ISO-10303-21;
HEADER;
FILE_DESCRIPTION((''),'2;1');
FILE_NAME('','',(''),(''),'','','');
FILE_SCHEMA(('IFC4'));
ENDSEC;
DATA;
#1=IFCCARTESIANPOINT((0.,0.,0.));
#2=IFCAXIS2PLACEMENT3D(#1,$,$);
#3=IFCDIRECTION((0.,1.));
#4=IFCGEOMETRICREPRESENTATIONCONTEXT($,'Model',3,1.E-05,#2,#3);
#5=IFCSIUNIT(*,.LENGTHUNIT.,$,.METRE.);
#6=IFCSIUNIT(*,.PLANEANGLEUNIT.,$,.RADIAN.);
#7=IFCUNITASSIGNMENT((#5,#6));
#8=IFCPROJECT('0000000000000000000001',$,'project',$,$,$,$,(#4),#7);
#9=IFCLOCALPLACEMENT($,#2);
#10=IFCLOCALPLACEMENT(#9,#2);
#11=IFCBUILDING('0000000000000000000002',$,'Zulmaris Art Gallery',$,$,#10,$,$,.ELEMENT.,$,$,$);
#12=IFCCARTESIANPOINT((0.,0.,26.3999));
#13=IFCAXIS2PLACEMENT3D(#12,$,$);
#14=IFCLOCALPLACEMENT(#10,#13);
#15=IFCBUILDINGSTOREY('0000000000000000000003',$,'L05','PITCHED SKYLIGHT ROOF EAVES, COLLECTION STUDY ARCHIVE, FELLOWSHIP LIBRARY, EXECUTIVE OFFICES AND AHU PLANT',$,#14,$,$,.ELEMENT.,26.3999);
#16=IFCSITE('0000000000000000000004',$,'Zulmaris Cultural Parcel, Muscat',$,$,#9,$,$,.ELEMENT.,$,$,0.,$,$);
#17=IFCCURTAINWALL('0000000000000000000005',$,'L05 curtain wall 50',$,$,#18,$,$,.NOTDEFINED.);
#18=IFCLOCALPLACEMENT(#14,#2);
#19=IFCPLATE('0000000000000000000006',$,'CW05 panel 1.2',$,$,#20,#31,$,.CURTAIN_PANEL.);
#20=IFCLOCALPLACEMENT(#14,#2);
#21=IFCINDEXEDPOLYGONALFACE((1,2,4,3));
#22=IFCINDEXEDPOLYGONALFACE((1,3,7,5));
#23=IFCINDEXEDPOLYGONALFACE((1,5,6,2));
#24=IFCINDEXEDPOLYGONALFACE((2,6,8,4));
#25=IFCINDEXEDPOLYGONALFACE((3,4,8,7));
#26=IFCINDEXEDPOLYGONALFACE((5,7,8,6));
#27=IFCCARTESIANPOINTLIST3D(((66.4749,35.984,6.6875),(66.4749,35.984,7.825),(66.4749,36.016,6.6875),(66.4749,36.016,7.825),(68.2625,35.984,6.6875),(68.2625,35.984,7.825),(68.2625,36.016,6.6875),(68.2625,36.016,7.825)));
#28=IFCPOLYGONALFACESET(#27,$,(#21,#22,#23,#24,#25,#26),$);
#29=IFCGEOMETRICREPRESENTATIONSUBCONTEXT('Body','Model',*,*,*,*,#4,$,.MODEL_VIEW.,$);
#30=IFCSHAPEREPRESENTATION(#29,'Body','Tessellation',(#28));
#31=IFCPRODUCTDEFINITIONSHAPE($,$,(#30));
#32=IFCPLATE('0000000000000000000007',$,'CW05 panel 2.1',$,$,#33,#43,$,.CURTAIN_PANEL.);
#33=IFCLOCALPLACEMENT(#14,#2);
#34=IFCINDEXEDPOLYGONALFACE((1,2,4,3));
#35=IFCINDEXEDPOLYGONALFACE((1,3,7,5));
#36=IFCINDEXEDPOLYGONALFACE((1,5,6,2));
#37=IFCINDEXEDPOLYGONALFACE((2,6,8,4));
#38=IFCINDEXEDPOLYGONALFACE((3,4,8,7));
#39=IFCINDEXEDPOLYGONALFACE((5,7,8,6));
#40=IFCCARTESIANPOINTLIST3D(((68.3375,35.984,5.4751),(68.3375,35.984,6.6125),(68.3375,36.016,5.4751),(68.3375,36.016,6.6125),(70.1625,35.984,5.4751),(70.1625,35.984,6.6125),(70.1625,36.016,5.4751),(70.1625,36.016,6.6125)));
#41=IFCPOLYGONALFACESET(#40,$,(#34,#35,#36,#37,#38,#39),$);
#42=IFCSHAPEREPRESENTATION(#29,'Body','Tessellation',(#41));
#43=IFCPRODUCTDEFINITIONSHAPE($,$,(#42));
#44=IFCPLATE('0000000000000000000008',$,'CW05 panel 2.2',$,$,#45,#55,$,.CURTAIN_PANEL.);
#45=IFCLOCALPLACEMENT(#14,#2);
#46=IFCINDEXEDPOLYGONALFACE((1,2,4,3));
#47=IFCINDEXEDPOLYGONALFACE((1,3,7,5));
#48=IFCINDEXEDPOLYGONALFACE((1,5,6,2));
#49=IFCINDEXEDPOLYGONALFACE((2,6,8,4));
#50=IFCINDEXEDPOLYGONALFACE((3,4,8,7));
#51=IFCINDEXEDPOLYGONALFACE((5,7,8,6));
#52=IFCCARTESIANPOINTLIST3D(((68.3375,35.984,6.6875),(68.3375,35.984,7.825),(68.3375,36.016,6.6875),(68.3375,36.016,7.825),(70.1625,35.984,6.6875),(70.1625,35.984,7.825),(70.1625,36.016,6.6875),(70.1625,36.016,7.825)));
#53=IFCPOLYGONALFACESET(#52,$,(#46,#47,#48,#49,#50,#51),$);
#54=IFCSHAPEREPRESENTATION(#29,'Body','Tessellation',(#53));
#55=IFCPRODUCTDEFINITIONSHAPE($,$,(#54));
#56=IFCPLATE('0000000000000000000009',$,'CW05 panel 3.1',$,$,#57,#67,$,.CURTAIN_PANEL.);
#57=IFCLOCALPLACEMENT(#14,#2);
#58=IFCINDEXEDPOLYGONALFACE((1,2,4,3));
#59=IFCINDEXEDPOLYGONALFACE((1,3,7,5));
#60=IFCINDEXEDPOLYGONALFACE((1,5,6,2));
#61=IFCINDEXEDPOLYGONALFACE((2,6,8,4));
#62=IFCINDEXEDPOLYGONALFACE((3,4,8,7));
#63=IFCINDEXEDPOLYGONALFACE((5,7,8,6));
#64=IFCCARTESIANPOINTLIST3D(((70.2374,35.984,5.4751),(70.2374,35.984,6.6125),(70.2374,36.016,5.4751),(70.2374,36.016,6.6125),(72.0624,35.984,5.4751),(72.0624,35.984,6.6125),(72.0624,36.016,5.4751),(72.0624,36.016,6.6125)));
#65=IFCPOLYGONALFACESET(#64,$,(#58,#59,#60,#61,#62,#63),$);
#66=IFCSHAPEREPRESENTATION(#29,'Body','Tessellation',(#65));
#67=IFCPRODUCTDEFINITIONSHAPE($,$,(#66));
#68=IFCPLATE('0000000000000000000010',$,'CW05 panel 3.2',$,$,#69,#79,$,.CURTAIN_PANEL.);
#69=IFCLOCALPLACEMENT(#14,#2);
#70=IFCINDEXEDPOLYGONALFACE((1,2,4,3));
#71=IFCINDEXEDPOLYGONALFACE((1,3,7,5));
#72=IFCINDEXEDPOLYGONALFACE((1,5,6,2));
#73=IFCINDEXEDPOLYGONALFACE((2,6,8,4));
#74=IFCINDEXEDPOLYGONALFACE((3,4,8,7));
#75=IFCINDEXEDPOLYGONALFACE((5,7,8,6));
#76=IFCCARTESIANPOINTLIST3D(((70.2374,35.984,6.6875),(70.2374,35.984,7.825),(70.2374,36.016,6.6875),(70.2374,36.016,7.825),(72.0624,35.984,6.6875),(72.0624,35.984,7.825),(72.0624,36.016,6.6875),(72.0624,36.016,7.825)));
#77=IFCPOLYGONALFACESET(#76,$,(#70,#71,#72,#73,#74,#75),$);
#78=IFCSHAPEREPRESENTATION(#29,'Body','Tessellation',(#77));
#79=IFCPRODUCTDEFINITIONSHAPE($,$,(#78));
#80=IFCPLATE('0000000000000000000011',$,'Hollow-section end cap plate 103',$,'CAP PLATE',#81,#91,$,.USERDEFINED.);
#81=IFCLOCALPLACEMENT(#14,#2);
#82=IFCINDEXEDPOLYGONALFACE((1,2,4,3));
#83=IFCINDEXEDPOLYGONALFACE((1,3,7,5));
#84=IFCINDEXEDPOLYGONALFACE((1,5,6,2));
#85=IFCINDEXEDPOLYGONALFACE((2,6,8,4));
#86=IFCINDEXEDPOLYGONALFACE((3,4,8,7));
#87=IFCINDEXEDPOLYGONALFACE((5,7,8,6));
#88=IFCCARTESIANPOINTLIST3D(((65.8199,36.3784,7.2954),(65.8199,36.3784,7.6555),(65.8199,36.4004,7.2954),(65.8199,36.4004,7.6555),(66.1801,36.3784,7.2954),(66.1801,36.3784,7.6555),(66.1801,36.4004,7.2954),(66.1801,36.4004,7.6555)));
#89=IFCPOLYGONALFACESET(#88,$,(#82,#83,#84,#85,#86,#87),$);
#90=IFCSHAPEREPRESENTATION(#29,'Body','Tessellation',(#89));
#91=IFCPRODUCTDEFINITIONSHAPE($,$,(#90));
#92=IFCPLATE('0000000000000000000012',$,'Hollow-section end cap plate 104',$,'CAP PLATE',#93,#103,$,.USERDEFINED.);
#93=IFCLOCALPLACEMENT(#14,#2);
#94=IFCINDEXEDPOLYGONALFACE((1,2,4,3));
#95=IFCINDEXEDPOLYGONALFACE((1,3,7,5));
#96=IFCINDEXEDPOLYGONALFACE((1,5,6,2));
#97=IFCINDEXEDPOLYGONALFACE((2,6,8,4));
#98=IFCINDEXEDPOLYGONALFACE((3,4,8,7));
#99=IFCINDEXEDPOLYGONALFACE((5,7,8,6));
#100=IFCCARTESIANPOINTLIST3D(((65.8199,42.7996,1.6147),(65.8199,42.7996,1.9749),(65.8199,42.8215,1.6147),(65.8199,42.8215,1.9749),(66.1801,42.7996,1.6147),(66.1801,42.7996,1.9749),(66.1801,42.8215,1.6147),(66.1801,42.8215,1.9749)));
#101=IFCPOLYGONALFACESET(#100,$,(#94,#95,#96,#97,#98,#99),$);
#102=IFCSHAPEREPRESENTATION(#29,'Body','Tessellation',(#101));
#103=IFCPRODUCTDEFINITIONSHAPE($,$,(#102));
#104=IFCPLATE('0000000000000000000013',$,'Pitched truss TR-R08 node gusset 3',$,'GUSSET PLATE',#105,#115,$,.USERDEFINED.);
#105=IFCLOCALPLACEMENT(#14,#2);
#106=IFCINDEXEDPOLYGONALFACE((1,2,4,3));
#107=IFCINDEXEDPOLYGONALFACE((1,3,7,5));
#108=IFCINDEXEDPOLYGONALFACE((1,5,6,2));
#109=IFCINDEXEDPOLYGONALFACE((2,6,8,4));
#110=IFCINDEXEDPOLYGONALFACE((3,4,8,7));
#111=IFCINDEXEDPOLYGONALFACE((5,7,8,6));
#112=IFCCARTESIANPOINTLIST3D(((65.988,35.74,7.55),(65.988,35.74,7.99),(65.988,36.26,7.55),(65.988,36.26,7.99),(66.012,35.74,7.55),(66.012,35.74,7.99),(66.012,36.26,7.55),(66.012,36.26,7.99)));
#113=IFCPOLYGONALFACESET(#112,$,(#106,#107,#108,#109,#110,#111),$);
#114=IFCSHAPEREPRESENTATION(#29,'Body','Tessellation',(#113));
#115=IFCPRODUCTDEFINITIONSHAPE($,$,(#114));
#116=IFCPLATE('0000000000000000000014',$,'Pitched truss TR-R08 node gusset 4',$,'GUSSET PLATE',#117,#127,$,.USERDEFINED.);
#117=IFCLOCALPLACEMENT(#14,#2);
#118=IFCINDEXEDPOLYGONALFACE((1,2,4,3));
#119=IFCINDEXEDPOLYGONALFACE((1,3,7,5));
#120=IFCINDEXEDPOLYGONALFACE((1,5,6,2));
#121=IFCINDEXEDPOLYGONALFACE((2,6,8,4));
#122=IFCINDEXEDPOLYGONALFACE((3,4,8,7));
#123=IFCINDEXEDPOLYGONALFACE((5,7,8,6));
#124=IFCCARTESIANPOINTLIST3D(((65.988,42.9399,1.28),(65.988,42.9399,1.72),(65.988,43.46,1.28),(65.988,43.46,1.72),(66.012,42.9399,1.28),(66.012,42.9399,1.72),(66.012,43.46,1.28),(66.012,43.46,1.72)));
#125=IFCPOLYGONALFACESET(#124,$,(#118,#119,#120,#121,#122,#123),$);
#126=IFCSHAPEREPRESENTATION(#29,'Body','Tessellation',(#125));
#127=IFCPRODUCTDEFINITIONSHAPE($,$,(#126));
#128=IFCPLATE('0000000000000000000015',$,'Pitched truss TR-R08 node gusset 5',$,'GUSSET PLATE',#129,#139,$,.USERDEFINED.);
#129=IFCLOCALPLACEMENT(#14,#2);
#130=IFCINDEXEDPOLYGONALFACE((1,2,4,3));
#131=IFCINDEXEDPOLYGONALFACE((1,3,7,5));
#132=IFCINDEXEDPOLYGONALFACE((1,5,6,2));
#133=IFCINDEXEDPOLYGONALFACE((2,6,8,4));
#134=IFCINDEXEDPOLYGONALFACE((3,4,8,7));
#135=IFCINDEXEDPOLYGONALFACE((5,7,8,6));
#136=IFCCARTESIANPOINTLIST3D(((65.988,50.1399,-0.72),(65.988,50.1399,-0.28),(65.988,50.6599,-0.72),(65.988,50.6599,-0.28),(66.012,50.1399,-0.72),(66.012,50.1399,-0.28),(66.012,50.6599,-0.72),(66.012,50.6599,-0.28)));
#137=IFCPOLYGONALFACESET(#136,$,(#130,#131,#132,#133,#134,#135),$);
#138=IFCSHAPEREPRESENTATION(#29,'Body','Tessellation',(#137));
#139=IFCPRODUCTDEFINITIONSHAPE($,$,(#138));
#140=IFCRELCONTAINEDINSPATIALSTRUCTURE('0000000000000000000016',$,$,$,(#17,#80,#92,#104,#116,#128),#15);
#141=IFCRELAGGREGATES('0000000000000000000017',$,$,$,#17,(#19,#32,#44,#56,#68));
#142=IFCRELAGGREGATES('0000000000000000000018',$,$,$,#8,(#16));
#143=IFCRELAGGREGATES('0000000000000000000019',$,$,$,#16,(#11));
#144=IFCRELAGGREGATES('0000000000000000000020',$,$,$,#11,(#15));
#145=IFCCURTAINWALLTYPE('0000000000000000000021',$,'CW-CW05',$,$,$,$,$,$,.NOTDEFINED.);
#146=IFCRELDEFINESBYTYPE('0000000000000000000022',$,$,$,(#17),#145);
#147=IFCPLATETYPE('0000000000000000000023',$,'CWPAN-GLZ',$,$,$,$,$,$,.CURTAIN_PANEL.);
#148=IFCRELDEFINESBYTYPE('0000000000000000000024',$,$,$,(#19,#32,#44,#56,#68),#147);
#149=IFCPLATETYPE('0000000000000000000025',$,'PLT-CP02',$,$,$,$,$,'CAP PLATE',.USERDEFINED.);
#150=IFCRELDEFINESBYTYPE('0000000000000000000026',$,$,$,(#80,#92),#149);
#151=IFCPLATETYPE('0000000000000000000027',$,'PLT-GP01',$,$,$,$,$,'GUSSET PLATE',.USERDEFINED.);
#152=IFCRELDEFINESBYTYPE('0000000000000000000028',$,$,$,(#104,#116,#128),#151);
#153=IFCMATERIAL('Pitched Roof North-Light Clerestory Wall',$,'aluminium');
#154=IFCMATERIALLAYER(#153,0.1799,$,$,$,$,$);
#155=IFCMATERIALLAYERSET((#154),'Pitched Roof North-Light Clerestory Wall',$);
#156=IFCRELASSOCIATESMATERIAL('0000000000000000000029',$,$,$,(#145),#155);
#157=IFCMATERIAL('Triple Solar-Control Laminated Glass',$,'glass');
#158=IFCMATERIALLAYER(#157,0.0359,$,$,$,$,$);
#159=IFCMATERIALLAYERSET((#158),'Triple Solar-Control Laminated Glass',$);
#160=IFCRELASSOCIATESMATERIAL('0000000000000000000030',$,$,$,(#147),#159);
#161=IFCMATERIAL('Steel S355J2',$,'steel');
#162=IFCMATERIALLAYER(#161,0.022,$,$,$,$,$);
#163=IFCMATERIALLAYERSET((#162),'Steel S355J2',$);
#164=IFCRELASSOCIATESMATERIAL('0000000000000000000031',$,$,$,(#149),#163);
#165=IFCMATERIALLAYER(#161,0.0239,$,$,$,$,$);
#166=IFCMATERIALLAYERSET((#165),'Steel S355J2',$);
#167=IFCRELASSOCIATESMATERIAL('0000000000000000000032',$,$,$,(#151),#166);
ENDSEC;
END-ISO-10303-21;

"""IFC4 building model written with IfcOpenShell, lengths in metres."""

from ifc_helpers import new_model, si_unit, direction, frame, origin, origin_2d, place, context, subcontext, project, spatial, rectangle, extrude, material, layer, layer_set, type_object, element, aggregate, save


model = new_model("IFC4")

# Units and contexts
model_context = context("Model", 3, precision=1e-05, world=origin(), true_north=direction((0.0, 1.0)))
body_context = subcontext(model_context, "Body", "Model", "MODEL_VIEW")
ifc_project = project(units=[si_unit("LENGTHUNIT", "METRE"), si_unit("PLANEANGLEUNIT", "RADIAN")], contexts=[model_context])

# Site, building, storey
site_placement = place(None, origin())
site = spatial("IfcSite", under=ifc_project, at=site_placement, Name="Zulmaris Cultural Parcel, Muscat", CompositionType="ELEMENT", RefElevation=0.0)
building_placement = place(site_placement, origin())
building = spatial("IfcBuilding", under=site, at=building_placement, Name="Zulmaris Art Gallery", CompositionType="ELEMENT")
storey_placement = place(building_placement, frame((0.0, 0.0, 26.3999)))
storey = spatial("IfcBuildingStorey", under=building, at=storey_placement, Name="L05", Description="PITCHED SKYLIGHT ROOF EAVES, COLLECTION STUDY ARCHIVE, FELLOWSHIP LIBRARY, EXECUTIVE OFFICES AND AHU PLANT", CompositionType="ELEMENT", Elevation=26.3999)

# Curtain wall
ifc_material_1 = material(Name="Pitched Roof North-Light Clerestory Wall", Category="aluminium")
ifc_layer_1 = layer(ifc_material_1, 0.1799)
ifc_layer_set_1 = layer_set([ifc_layer_1], Name="Pitched Roof North-Light Clerestory Wall")
curtain_wall_type = type_object("IfcCurtainWallType", Name="CW-CW05", PredefinedType="NOTDEFINED", material=ifc_layer_set_1)
curtain_wall_placement = place(storey_placement, origin())
curtain_wall = element("IfcCurtainWall", 1, at=curtain_wall_placement, inside=storey, type_object=curtain_wall_type, Name="L05 curtain wall 50", PredefinedType="NOTDEFINED")

# Shared definitions
ifc_material_2 = material(Name="Steel S355J2", Category="steel")

# Plates
ifc_material_3 = material(Name="Triple Solar-Control Laminated Glass", Category="glass")
ifc_layer_2 = layer(ifc_material_3, 0.0359)
ifc_layer_set_2 = layer_set([ifc_layer_2], Name="Triple Solar-Control Laminated Glass")
plate_type_1 = type_object("IfcPlateType", Name="CWPAN-GLZ", PredefinedType="CURTAIN_PANEL", material=ifc_layer_set_2)
plate_1_placement = place(storey_placement, frame((67.3687, 36.0, 6.6875), z_axis=(0.0, 0.0, 1.0), x_axis=(1.0, 0.0, 0.0)))
plate_1 = element("IfcPlate", 2, at=plate_1_placement, type_object=plate_type_1, Name="CW05 panel 1.2", PredefinedType="CURTAIN_PANEL", context=body_context, shape_type="SweptSolid", body=[
    extrude(rectangle(XDim=1.7876, YDim=0.032, at=origin_2d()), origin(), (0.0, 0.0, 1.0), 1.1375),
])
plate_2_placement = place(storey_placement, frame((69.25, 36.0, 5.4751), z_axis=(0.0, 0.0, 1.0), x_axis=(1.0, 0.0, 0.0)))
plate_2 = element("IfcPlate", 3, at=plate_2_placement, type_object=plate_type_1, Name="CW05 panel 2.1", PredefinedType="CURTAIN_PANEL", context=body_context, shape_type="SweptSolid", body=[
    extrude(rectangle(XDim=1.825, YDim=0.032, at=origin_2d()), origin(), (0.0, 0.0, 1.0), 1.1375),
])
plate_3_placement = place(storey_placement, frame((69.25, 36.0, 6.6875), z_axis=(0.0, 0.0, 1.0), x_axis=(1.0, 0.0, 0.0)))
plate_3 = element("IfcPlate", 4, at=plate_3_placement, type_object=plate_type_1, Name="CW05 panel 2.2", PredefinedType="CURTAIN_PANEL", context=body_context, shape_type="SweptSolid", body=[
    extrude(rectangle(XDim=1.825, YDim=0.032, at=origin_2d()), origin(), (0.0, 0.0, 1.0), 1.1375),
])
plate_4_placement = place(storey_placement, frame((71.1499, 36.0, 5.4751), z_axis=(0.0, 0.0, 1.0), x_axis=(1.0, 0.0, 0.0)))
plate_4 = element("IfcPlate", 5, at=plate_4_placement, type_object=plate_type_1, Name="CW05 panel 3.1", PredefinedType="CURTAIN_PANEL", context=body_context, shape_type="SweptSolid", body=[
    extrude(rectangle(XDim=1.825, YDim=0.032, at=origin_2d()), origin(), (0.0, 0.0, 1.0), 1.1375),
])
plate_5_placement = place(storey_placement, frame((71.1499, 36.0, 6.6875), z_axis=(0.0, 0.0, 1.0), x_axis=(1.0, 0.0, 0.0)))
plate_5 = element("IfcPlate", 6, at=plate_5_placement, type_object=plate_type_1, Name="CW05 panel 3.2", PredefinedType="CURTAIN_PANEL", context=body_context, shape_type="SweptSolid", body=[
    extrude(rectangle(XDim=1.825, YDim=0.032, at=origin_2d()), origin(), (0.0, 0.0, 1.0), 1.1375),
])
aggregate(curtain_wall, [plate_1, plate_2, plate_3, plate_4, plate_5])

# Plates
ifc_layer_3 = layer(ifc_material_2, 0.022)
ifc_layer_set_3 = layer_set([ifc_layer_3], Name="Steel S355J2")
plate_type_2 = type_object("IfcPlateType", Name="PLT-CP02", ElementType="CAP PLATE", PredefinedType="USERDEFINED", material=ifc_layer_set_3)
for number, where, z_axis, x_axis, name in (
    (7, (66.0, 36.3894, 7.2954), (0.0, 0.0, 1.0), (1.0, 0.0, 0.0), "Hollow-section end cap plate 103"),
    (8, (66.0, 42.8105, 1.6147), (0.0, 0.0, 1.0), (1.0, 0.0, 0.0), "Hollow-section end cap plate 104"),
):
    element("IfcPlate", number, at=place(storey_placement, frame(where, z_axis=z_axis, x_axis=x_axis)), inside=storey, type_object=plate_type_2, Name=name, ObjectType="CAP PLATE", PredefinedType="USERDEFINED", context=body_context, shape_type="SweptSolid", body=[
        extrude(rectangle(XDim=0.3601, YDim=0.022, at=origin_2d()), origin(), (0.0, 0.0, 1.0), 0.3601),
    ])
ifc_layer_4 = layer(ifc_material_2, 0.0239)
ifc_layer_set_4 = layer_set([ifc_layer_4], Name="Steel S355J2")
plate_type_3 = type_object("IfcPlateType", Name="PLT-GP01", ElementType="GUSSET PLATE", PredefinedType="USERDEFINED", material=ifc_layer_set_4)
for number, where, z_axis, x_axis, name in (
    (9, (66.0, 36.0, 7.55), (0.0, 0.0, 1.0), (1.0, 0.0, 0.0), "Pitched truss TR-R08 node gusset 3"),
    (10, (66.0, 43.2, 1.28), (0.0, 0.0, 1.0), (1.0, 0.0, 0.0), "Pitched truss TR-R08 node gusset 4"),
    (11, (66.0, 50.3999, -0.72), (0.0, 0.0, 1.0), (1.0, 0.0, 0.0), "Pitched truss TR-R08 node gusset 5"),
):
    element("IfcPlate", number, at=place(storey_placement, frame(where, z_axis=z_axis, x_axis=x_axis)), inside=storey, type_object=plate_type_3, Name=name, ObjectType="GUSSET PLATE", PredefinedType="USERDEFINED", context=body_context, shape_type="SweptSolid", body=[
        extrude(rectangle(XDim=0.0239, YDim=0.52, at=origin_2d()), origin(), (0.0, 0.0, 1.0), 0.4399),
    ])

save(model, "model.ifc")
